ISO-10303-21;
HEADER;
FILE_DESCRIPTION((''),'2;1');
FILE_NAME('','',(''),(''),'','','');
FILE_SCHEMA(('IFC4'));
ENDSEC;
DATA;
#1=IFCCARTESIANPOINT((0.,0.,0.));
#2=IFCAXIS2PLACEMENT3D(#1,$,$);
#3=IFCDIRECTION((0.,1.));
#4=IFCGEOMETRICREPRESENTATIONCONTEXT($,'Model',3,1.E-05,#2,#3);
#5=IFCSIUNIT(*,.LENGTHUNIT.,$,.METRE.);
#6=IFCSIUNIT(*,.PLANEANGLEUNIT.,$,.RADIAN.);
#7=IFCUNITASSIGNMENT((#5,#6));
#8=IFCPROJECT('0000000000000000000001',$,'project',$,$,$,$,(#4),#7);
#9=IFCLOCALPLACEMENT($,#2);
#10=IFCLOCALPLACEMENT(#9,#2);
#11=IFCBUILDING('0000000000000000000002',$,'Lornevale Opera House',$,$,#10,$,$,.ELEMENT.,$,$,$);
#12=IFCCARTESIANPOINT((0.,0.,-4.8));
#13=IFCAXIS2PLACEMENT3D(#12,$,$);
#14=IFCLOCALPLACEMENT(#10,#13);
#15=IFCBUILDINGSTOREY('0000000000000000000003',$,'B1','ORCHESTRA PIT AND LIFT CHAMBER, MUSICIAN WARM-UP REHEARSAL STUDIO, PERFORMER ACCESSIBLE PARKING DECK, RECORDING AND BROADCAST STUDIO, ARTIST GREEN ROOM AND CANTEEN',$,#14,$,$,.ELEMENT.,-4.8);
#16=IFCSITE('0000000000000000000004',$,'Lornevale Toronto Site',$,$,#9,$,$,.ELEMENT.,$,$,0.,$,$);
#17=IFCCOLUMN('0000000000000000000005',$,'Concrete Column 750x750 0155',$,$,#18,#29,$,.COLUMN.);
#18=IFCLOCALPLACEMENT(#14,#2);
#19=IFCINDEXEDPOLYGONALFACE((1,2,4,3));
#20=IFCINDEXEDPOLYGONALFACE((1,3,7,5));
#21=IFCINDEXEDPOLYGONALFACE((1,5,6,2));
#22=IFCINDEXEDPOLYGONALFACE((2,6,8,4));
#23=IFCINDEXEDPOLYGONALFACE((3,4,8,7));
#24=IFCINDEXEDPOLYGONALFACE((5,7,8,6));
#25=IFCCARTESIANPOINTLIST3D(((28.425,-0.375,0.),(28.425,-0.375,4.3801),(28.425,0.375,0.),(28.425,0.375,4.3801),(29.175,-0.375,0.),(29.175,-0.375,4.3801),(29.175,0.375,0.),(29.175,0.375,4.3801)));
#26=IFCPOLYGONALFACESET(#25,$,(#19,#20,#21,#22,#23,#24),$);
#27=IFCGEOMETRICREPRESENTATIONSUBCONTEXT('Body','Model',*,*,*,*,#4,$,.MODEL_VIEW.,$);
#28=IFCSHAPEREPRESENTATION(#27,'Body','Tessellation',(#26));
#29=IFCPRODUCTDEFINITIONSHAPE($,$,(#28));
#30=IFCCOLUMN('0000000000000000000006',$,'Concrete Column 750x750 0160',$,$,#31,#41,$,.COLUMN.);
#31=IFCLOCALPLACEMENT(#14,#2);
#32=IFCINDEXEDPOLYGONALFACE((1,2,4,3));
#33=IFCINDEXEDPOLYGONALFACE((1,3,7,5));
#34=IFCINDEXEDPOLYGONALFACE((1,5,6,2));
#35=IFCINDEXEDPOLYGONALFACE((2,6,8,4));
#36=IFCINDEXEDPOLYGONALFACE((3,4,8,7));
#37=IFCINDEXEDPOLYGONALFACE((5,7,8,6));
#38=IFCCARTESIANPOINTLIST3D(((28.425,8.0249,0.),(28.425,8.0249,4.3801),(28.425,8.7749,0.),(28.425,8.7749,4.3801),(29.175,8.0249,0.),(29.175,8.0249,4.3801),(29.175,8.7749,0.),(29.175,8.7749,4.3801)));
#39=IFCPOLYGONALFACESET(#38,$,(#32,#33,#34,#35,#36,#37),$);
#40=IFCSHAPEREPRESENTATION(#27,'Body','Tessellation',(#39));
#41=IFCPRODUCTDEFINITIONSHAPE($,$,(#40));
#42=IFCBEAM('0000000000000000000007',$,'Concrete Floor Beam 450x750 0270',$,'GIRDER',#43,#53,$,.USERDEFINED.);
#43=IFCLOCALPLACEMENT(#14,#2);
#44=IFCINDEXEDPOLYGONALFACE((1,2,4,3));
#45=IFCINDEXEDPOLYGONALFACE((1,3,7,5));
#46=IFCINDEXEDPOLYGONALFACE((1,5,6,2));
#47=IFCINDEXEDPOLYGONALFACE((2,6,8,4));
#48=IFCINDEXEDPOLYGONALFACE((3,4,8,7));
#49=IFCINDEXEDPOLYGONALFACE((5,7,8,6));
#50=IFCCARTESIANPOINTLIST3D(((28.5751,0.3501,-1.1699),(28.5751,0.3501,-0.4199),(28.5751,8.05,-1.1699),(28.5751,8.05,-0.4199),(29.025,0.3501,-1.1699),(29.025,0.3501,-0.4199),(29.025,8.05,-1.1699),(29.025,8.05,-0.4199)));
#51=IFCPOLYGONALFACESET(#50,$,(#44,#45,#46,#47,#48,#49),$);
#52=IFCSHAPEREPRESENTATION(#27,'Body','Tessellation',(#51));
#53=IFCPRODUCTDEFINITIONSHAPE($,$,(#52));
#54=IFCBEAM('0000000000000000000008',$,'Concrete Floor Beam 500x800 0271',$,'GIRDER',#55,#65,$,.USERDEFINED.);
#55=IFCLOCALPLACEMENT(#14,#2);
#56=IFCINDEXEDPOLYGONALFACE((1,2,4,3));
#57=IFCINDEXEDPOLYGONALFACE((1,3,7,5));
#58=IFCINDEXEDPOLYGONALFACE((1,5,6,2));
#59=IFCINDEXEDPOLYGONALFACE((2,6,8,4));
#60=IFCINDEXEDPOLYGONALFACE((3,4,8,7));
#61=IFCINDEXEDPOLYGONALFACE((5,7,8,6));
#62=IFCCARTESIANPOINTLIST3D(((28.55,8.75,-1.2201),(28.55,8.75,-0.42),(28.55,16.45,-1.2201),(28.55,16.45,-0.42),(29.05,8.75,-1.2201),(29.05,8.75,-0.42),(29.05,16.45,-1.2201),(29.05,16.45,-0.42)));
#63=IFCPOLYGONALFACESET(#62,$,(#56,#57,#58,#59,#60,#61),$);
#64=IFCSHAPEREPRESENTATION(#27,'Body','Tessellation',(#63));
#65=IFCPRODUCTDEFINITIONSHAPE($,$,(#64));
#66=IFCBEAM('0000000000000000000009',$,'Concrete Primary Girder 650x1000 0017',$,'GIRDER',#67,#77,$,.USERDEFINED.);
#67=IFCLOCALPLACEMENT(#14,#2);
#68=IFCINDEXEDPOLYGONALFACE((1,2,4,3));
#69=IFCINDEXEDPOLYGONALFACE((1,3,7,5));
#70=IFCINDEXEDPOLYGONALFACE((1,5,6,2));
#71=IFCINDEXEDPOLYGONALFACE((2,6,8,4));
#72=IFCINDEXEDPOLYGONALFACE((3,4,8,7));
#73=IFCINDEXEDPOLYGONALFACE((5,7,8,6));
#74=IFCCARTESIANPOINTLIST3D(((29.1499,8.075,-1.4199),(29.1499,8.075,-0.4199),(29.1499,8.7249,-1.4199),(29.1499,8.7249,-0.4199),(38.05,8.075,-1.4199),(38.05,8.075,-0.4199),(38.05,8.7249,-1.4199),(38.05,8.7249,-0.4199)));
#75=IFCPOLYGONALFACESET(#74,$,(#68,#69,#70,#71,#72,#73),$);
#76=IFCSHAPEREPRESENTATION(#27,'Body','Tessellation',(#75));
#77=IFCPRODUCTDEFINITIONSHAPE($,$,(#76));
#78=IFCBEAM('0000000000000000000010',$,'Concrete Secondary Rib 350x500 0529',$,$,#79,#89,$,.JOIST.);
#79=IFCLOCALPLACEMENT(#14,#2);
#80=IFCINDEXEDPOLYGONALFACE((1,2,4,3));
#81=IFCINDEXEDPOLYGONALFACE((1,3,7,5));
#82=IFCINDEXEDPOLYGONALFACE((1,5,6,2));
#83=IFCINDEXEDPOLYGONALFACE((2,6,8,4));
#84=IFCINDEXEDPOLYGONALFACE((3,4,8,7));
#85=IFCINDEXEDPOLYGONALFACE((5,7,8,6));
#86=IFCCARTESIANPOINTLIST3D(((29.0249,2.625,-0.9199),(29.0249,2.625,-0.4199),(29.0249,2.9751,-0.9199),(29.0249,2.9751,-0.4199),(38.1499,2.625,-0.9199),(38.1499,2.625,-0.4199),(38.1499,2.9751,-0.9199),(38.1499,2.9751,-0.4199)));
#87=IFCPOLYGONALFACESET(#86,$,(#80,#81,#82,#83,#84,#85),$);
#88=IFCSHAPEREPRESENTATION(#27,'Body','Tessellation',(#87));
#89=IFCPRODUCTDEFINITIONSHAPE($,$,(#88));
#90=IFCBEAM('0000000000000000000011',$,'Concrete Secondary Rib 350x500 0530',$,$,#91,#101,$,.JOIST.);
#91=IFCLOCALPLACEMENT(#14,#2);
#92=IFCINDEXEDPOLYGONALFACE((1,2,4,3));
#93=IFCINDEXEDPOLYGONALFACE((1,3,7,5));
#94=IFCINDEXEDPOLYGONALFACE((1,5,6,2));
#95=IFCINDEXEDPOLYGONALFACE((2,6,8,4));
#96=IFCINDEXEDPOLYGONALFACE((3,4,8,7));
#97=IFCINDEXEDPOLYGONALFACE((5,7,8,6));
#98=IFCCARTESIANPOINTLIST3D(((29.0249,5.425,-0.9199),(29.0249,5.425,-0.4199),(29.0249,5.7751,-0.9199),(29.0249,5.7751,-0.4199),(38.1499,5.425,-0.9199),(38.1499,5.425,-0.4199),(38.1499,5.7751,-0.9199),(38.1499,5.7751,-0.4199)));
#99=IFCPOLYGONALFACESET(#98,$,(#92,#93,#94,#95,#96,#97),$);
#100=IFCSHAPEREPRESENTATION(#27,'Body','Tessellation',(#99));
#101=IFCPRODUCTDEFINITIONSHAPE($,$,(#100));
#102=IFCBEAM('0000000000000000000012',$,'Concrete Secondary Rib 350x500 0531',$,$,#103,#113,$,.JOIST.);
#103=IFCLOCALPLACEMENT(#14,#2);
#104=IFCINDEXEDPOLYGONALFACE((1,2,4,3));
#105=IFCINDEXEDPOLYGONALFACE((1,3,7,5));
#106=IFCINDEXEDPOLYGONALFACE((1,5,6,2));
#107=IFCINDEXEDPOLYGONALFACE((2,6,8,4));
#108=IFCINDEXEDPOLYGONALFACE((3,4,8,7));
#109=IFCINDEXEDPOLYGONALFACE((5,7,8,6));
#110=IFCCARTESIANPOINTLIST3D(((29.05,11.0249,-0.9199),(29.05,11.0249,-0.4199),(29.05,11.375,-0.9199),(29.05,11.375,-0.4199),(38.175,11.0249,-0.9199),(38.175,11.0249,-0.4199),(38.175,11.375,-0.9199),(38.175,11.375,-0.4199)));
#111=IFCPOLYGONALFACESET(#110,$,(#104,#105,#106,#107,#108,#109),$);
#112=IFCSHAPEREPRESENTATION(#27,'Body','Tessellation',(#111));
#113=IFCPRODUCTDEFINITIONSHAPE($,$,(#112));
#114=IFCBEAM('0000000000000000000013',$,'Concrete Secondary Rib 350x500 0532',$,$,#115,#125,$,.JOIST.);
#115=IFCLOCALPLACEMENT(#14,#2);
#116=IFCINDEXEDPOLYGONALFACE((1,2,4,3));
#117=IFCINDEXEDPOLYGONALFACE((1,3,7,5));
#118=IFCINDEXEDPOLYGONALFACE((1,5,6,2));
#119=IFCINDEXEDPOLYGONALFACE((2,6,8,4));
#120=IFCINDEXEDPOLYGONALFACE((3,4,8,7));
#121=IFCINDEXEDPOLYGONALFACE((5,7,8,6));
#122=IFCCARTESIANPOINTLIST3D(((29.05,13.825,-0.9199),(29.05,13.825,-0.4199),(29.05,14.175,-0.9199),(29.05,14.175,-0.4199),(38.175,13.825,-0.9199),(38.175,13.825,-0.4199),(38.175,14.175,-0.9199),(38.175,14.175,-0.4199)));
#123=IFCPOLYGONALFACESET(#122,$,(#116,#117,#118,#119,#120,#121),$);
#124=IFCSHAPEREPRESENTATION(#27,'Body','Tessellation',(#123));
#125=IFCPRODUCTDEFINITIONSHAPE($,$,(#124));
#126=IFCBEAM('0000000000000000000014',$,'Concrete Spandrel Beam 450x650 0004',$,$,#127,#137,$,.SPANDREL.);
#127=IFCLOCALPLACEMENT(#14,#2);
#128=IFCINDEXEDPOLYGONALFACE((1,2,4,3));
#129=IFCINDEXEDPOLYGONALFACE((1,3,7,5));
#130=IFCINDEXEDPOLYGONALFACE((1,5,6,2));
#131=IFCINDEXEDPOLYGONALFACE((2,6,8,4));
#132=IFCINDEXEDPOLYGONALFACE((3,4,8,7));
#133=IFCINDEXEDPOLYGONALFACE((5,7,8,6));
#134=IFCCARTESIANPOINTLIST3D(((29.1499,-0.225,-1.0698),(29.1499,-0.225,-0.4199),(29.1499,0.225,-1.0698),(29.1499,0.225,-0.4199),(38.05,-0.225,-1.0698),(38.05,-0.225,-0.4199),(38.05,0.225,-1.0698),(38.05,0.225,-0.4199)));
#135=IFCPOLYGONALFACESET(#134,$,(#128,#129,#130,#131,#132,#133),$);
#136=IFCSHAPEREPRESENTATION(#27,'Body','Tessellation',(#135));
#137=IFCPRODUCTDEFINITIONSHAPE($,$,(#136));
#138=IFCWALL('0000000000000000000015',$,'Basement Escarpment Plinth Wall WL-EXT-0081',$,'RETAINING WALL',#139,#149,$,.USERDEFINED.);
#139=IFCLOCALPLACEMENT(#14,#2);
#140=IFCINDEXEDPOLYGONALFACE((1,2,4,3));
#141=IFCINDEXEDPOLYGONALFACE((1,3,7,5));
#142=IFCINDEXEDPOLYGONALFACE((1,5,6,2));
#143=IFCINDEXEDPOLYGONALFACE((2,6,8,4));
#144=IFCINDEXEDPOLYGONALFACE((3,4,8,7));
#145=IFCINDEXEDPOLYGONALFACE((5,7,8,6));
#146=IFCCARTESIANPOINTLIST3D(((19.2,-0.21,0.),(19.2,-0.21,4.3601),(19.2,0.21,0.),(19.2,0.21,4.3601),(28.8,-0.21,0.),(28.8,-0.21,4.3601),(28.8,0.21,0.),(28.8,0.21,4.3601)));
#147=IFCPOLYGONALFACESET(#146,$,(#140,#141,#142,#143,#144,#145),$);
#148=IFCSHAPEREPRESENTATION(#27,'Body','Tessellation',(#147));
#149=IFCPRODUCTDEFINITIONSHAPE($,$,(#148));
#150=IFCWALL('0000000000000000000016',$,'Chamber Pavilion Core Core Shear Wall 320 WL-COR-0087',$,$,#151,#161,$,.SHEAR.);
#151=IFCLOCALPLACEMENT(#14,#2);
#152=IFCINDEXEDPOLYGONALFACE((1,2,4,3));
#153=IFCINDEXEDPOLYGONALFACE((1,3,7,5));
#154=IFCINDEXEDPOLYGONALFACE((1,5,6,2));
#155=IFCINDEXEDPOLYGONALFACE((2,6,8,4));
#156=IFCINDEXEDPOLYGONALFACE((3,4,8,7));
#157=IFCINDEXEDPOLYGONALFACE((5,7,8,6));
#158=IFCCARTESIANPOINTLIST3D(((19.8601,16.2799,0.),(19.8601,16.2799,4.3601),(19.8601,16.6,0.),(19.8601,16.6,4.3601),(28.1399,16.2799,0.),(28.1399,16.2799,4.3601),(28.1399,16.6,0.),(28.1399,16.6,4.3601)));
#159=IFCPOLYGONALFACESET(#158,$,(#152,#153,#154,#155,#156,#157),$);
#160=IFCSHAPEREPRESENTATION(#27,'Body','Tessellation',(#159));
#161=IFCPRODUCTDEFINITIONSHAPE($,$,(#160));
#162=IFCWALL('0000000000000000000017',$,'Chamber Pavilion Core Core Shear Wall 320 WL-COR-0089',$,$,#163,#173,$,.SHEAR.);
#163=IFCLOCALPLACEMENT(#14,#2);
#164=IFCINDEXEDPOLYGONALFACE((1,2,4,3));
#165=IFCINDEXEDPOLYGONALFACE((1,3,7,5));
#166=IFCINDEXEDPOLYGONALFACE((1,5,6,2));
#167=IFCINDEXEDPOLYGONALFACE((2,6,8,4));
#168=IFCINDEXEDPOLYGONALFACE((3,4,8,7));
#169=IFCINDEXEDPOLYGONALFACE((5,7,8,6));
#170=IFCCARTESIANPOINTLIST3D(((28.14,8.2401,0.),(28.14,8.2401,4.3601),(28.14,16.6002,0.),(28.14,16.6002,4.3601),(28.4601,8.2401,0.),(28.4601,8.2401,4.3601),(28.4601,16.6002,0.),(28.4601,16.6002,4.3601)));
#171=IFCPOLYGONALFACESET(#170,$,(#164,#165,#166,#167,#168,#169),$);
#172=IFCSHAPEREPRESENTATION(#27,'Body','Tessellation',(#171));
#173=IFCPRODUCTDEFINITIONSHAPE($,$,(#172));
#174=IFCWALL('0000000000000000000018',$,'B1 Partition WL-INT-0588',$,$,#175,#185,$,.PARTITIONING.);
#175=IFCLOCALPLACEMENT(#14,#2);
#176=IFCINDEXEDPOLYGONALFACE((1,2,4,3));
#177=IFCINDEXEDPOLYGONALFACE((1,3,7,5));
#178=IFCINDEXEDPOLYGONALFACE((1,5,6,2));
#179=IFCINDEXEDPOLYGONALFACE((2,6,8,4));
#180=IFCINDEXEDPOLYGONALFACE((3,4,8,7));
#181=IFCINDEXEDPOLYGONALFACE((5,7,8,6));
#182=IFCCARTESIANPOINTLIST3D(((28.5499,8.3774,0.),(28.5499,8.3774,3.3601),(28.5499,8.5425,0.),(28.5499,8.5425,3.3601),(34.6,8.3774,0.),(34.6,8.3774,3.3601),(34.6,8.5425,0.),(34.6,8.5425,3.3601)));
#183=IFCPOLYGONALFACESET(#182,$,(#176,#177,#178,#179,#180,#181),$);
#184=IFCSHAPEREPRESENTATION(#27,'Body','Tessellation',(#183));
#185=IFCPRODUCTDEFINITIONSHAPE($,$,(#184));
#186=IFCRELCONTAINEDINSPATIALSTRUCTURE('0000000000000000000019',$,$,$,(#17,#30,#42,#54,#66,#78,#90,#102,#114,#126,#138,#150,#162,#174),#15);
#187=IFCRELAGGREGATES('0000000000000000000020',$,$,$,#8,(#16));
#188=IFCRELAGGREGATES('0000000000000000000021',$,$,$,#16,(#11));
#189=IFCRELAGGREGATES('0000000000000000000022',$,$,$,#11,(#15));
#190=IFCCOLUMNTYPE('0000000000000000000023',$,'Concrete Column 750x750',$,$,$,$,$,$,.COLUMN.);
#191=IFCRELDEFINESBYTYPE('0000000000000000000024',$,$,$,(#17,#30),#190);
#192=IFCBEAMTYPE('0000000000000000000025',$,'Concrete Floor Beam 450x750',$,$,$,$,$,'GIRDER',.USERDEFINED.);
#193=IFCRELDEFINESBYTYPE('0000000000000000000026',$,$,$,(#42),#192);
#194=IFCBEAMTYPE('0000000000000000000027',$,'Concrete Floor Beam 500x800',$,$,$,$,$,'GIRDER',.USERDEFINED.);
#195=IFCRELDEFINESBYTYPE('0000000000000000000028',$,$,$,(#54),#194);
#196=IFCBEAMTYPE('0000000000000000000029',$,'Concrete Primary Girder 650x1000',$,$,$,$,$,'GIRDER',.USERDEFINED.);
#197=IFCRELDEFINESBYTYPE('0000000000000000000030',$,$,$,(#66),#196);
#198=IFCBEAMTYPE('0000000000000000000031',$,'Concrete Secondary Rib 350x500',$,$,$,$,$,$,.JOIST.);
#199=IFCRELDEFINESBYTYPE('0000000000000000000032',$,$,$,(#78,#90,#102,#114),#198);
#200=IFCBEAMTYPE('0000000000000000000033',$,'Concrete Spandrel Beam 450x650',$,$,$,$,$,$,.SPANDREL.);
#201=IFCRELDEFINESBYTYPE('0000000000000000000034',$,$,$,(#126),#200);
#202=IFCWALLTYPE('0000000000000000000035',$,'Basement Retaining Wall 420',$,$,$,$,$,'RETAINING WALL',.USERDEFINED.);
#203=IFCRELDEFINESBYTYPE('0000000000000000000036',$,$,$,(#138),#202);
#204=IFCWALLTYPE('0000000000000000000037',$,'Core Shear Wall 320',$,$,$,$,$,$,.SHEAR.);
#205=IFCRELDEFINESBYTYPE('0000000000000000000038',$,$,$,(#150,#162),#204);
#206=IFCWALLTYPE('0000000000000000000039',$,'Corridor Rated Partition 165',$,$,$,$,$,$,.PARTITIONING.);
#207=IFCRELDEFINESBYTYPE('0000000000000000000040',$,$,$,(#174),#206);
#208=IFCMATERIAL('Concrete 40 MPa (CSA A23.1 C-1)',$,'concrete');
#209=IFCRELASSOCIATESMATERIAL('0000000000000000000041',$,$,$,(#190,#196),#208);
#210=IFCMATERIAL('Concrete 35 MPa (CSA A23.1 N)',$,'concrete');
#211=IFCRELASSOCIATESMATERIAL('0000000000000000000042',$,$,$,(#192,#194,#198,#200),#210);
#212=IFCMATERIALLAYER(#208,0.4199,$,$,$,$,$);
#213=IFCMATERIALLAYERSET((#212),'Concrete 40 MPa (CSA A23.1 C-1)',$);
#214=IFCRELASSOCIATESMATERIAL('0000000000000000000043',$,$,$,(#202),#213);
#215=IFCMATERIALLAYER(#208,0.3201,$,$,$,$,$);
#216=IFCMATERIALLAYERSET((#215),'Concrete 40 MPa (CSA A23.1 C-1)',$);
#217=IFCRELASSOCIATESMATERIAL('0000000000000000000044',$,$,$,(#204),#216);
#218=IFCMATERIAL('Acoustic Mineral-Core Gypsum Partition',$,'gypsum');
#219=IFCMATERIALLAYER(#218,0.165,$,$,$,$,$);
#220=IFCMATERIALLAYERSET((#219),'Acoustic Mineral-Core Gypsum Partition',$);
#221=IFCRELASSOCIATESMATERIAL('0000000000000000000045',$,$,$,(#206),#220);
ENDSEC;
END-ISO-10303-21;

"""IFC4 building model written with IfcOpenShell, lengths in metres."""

from ifc_helpers import new_model, si_unit, direction, frame, frame_2d, origin, origin_2d, place, context, subcontext, project, spatial, rectangle, extrude, material, layer, layer_set, material_profile, profile_set, type_object, element, save


model = new_model("IFC4")

# Units and contexts
model_context = context("Model", 3, precision=1e-05, world=origin(), true_north=direction((0.0, 1.0)))
body_context = subcontext(model_context, "Body", "Model", "MODEL_VIEW")
ifc_project = project(units=[si_unit("LENGTHUNIT", "METRE"), si_unit("PLANEANGLEUNIT", "RADIAN")], contexts=[model_context])

# Site, building, storey
site_placement = place(None, origin())
site = spatial("IfcSite", under=ifc_project, at=site_placement, Name="Lornevale Toronto Site", CompositionType="ELEMENT", RefElevation=0.0)
building_placement = place(site_placement, origin())
building = spatial("IfcBuilding", under=site, at=building_placement, Name="Lornevale Opera House", CompositionType="ELEMENT")
storey_placement = place(building_placement, frame((0.0, 0.0, -4.8)))
storey = spatial("IfcBuildingStorey", under=building, at=storey_placement, Name="B1", Description="ORCHESTRA PIT AND LIFT CHAMBER, MUSICIAN WARM-UP REHEARSAL STUDIO, PERFORMER ACCESSIBLE PARKING DECK, RECORDING AND BROADCAST STUDIO, ARTIST GREEN ROOM AND CANTEEN", CompositionType="ELEMENT", Elevation=-4.8)

# Columns
ifc_material_1 = material(Name="Concrete 40 MPa (CSA A23.1 C-1)", Category="concrete")
ifc_material_profile_1 = material_profile(ifc_material_1, rectangle(XDim=0.75, YDim=0.75, at=origin_2d()), Name="RC750x750")
ifc_profile_set_1 = profile_set([ifc_material_profile_1], Name="Concrete 40 MPa (CSA A23.1 C-1)")
column_type = type_object("IfcColumnType", Name="Concrete Column 750x750", PredefinedType="COLUMN", material=ifc_profile_set_1)
for number, where, z_axis, x_axis, name in (
    (1, (28.8, 0.0, 0.0), (0.0, 0.0, 1.0), (1.0, 0.0, 0.0), "Concrete Column 750x750 0155"),
    (2, (28.8, 8.3999, 0.0), (0.0, 0.0, 1.0), (1.0, 0.0, 0.0), "Concrete Column 750x750 0160"),
):
    element("IfcColumn", number, at=place(storey_placement, frame(where, z_axis=z_axis, x_axis=x_axis)), inside=storey, type_object=column_type, Name=name, PredefinedType="COLUMN", context=body_context, shape_type="SweptSolid", body=[
        extrude(rectangle(XDim=0.75, YDim=0.75, at=origin_2d()), origin(), (0.0, 0.0, 1.0), 4.3801),
    ])

# Beams
ifc_material_2 = material(Name="Concrete 35 MPa (CSA A23.1 N)", Category="concrete")
ifc_material_profile_2 = material_profile(ifc_material_2, rectangle(XDim=0.45, YDim=0.75, at=origin_2d()), Name="RC450x750")
ifc_profile_set_2 = profile_set([ifc_material_profile_2], Name="Concrete 35 MPa (CSA A23.1 N)")
beam_type_1 = type_object("IfcBeamType", Name="Concrete Floor Beam 450x750", ElementType="GIRDER", PredefinedType="USERDEFINED", material=ifc_profile_set_2)
beam_1_placement = place(storey_placement, frame((28.8, 0.3501, -0.7949), z_axis=(0.0, 1.0, 0.0), x_axis=(-1.0, 0.0, 0.0)))
element("IfcBeam", 3, at=beam_1_placement, inside=storey, type_object=beam_type_1, Name="Concrete Floor Beam 450x750 0270", ObjectType="GIRDER", PredefinedType="USERDEFINED", context=body_context, shape_type="SweptSolid", body=[
    extrude(rectangle(XDim=0.45, YDim=0.75, at=origin_2d()), origin(), (0.0, 0.0, 1.0), 7.7),
])
ifc_material_profile_3 = material_profile(ifc_material_2, rectangle(XDim=0.5, YDim=0.8, at=origin_2d()), Name="RC500x800")
ifc_profile_set_3 = profile_set([ifc_material_profile_3], Name="Concrete 35 MPa (CSA A23.1 N)")
beam_type_2 = type_object("IfcBeamType", Name="Concrete Floor Beam 500x800", ElementType="GIRDER", PredefinedType="USERDEFINED", material=ifc_profile_set_3)
beam_2_placement = place(storey_placement, frame((28.8, 8.75, -0.8201), z_axis=(0.0, 1.0, 0.0), x_axis=(-1.0, 0.0, 0.0)))
element("IfcBeam", 4, at=beam_2_placement, inside=storey, type_object=beam_type_2, Name="Concrete Floor Beam 500x800 0271", ObjectType="GIRDER", PredefinedType="USERDEFINED", context=body_context, shape_type="SweptSolid", body=[
    extrude(rectangle(XDim=0.5, YDim=0.8, at=origin_2d()), origin(), (0.0, 0.0, 1.0), 7.7),
])
ifc_material_profile_4 = material_profile(ifc_material_1, rectangle(XDim=0.6499, YDim=1.0, at=origin_2d()), Name="RC650x1000")
ifc_profile_set_4 = profile_set([ifc_material_profile_4], Name="Concrete 40 MPa (CSA A23.1 C-1)")
beam_type_3 = type_object("IfcBeamType", Name="Concrete Primary Girder 650x1000", ElementType="GIRDER", PredefinedType="USERDEFINED", material=ifc_profile_set_4)
beam_3_placement = place(storey_placement, frame((29.1499, 8.3999, -0.9199), z_axis=(1.0, 0.0, 0.0), x_axis=(0.0, 1.0, 0.0)))
element("IfcBeam", 5, at=beam_3_placement, inside=storey, type_object=beam_type_3, Name="Concrete Primary Girder 650x1000 0017", ObjectType="GIRDER", PredefinedType="USERDEFINED", context=body_context, shape_type="SweptSolid", body=[
    extrude(rectangle(XDim=0.6499, YDim=1.0, at=origin_2d()), origin(), (0.0, 0.0, 1.0), 8.9001),
])
ifc_material_profile_5 = material_profile(ifc_material_2, rectangle(XDim=0.3501, YDim=0.5, at=origin_2d()), Name="RC350x500")
ifc_profile_set_5 = profile_set([ifc_material_profile_5], Name="Concrete 35 MPa (CSA A23.1 N)")
beam_type_4 = type_object("IfcBeamType", Name="Concrete Secondary Rib 350x500", PredefinedType="JOIST", material=ifc_profile_set_5)
for number, where, z_axis, x_axis, name in (
    (6, (29.0249, 2.8, -0.6699), (1.0, 0.0, 0.0), (0.0, 1.0, 0.0), "Concrete Secondary Rib 350x500 0529"),
    (7, (29.0249, 5.6001, -0.6699), (1.0, 0.0, 0.0), (0.0, 1.0, 0.0), "Concrete Secondary Rib 350x500 0530"),
    (8, (29.05, 11.2, -0.6699), (1.0, 0.0, 0.0), (0.0, 1.0, 0.0), "Concrete Secondary Rib 350x500 0531"),
    (9, (29.05, 14.0, -0.6699), (1.0, 0.0, 0.0), (0.0, 1.0, 0.0), "Concrete Secondary Rib 350x500 0532"),
):
    element("IfcBeam", number, at=place(storey_placement, frame(where, z_axis=z_axis, x_axis=x_axis)), inside=storey, type_object=beam_type_4, Name=name, PredefinedType="JOIST", context=body_context, shape_type="SweptSolid", body=[
        extrude(rectangle(XDim=0.3501, YDim=0.5, at=origin_2d()), origin(), (0.0, 0.0, 1.0), 9.125),
    ])
ifc_material_profile_6 = material_profile(ifc_material_2, rectangle(XDim=0.45, YDim=0.6499, at=origin_2d()), Name="RC450x650")
ifc_profile_set_6 = profile_set([ifc_material_profile_6], Name="Concrete 35 MPa (CSA A23.1 N)")
beam_type_5 = type_object("IfcBeamType", Name="Concrete Spandrel Beam 450x650", PredefinedType="SPANDREL", material=ifc_profile_set_6)
beam_4_placement = place(storey_placement, frame((29.1499, 0.0, -0.7449), z_axis=(1.0, 0.0, 0.0), x_axis=(0.0, 1.0, 0.0)))
element("IfcBeam", 10, at=beam_4_placement, inside=storey, type_object=beam_type_5, Name="Concrete Spandrel Beam 450x650 0004", PredefinedType="SPANDREL", context=body_context, shape_type="SweptSolid", body=[
    extrude(rectangle(XDim=0.45, YDim=0.6499, at=origin_2d()), origin(), (0.0, 0.0, 1.0), 8.9001),
])

# Walls
ifc_layer_1 = layer(ifc_material_1, 0.4199)
ifc_layer_set_1 = layer_set([ifc_layer_1], Name="Concrete 40 MPa (CSA A23.1 C-1)")
wall_type_1 = type_object("IfcWallType", Name="Basement Retaining Wall 420", ElementType="RETAINING WALL", PredefinedType="USERDEFINED", material=ifc_layer_set_1)
wall_1_placement = place(storey_placement, frame((28.8, 0.0, 0.0), z_axis=(0.0, 0.0, 1.0), x_axis=(-1.0, 0.0, 0.0)))
element("IfcWall", 11, at=wall_1_placement, inside=storey, type_object=wall_type_1, Name="Basement Escarpment Plinth Wall WL-EXT-0081", ObjectType="RETAINING WALL", PredefinedType="USERDEFINED", context=body_context, shape_type="SweptSolid", body=[
    extrude(rectangle(XDim=9.6001, YDim=0.4199, at=frame_2d((4.8, 0.0))), origin(), (0.0, 0.0, 1.0), 4.3601),
])
ifc_layer_2 = layer(ifc_material_1, 0.3201)
ifc_layer_set_2 = layer_set([ifc_layer_2], Name="Concrete 40 MPa (CSA A23.1 C-1)")
wall_type_2 = type_object("IfcWallType", Name="Core Shear Wall 320", PredefinedType="SHEAR", material=ifc_layer_set_2)
wall_2_placement = place(storey_placement, frame((28.1399, 16.4399, 0.0), z_axis=(0.0, 0.0, 1.0), x_axis=(-1.0, 0.0, 0.0)))
element("IfcWall", 12, at=wall_2_placement, inside=storey, type_object=wall_type_2, Name="Chamber Pavilion Core Core Shear Wall 320 WL-COR-0087", PredefinedType="SHEAR", context=body_context, shape_type="SweptSolid", body=[
    extrude(rectangle(XDim=8.2798, YDim=0.3201, at=frame_2d((4.1399, 0.0))), origin(), (0.0, 0.0, 1.0), 4.3601),
])
wall_3_placement = place(storey_placement, frame((28.3, 8.24, 0.0), z_axis=(0.0, 0.0, 1.0), x_axis=(0.0, 1.0, 0.0)))
element("IfcWall", 13, at=wall_3_placement, inside=storey, type_object=wall_type_2, Name="Chamber Pavilion Core Core Shear Wall 320 WL-COR-0089", PredefinedType="SHEAR", context=body_context, shape_type="SweptSolid", body=[
    extrude(rectangle(XDim=8.3601, YDim=0.3201, at=frame_2d((4.1802, 0.0))), origin(), (0.0, 0.0, 1.0), 4.3601),
])
ifc_material_3 = material(Name="Acoustic Mineral-Core Gypsum Partition", Category="gypsum")
ifc_layer_3 = layer(ifc_material_3, 0.165)
ifc_layer_set_3 = layer_set([ifc_layer_3], Name="Acoustic Mineral-Core Gypsum Partition")
wall_type_3 = type_object("IfcWallType", Name="Corridor Rated Partition 165", PredefinedType="PARTITIONING", material=ifc_layer_set_3)
wall_4_placement = place(storey_placement, frame((28.55, 8.46, 0.0), z_axis=(0.0, 0.0, 1.0), x_axis=(1.0, 0.0, 0.0)))
element("IfcWall", 14, at=wall_4_placement, inside=storey, type_object=wall_type_3, Name="B1 Partition WL-INT-0588", PredefinedType="PARTITIONING", context=body_context, shape_type="SweptSolid", body=[
    extrude(rectangle(XDim=6.05, YDim=0.165, at=frame_2d((3.0249, 0.0))), origin(), (0.0, 0.0, 1.0), 3.3601),
])

save(model, "model.ifc")
